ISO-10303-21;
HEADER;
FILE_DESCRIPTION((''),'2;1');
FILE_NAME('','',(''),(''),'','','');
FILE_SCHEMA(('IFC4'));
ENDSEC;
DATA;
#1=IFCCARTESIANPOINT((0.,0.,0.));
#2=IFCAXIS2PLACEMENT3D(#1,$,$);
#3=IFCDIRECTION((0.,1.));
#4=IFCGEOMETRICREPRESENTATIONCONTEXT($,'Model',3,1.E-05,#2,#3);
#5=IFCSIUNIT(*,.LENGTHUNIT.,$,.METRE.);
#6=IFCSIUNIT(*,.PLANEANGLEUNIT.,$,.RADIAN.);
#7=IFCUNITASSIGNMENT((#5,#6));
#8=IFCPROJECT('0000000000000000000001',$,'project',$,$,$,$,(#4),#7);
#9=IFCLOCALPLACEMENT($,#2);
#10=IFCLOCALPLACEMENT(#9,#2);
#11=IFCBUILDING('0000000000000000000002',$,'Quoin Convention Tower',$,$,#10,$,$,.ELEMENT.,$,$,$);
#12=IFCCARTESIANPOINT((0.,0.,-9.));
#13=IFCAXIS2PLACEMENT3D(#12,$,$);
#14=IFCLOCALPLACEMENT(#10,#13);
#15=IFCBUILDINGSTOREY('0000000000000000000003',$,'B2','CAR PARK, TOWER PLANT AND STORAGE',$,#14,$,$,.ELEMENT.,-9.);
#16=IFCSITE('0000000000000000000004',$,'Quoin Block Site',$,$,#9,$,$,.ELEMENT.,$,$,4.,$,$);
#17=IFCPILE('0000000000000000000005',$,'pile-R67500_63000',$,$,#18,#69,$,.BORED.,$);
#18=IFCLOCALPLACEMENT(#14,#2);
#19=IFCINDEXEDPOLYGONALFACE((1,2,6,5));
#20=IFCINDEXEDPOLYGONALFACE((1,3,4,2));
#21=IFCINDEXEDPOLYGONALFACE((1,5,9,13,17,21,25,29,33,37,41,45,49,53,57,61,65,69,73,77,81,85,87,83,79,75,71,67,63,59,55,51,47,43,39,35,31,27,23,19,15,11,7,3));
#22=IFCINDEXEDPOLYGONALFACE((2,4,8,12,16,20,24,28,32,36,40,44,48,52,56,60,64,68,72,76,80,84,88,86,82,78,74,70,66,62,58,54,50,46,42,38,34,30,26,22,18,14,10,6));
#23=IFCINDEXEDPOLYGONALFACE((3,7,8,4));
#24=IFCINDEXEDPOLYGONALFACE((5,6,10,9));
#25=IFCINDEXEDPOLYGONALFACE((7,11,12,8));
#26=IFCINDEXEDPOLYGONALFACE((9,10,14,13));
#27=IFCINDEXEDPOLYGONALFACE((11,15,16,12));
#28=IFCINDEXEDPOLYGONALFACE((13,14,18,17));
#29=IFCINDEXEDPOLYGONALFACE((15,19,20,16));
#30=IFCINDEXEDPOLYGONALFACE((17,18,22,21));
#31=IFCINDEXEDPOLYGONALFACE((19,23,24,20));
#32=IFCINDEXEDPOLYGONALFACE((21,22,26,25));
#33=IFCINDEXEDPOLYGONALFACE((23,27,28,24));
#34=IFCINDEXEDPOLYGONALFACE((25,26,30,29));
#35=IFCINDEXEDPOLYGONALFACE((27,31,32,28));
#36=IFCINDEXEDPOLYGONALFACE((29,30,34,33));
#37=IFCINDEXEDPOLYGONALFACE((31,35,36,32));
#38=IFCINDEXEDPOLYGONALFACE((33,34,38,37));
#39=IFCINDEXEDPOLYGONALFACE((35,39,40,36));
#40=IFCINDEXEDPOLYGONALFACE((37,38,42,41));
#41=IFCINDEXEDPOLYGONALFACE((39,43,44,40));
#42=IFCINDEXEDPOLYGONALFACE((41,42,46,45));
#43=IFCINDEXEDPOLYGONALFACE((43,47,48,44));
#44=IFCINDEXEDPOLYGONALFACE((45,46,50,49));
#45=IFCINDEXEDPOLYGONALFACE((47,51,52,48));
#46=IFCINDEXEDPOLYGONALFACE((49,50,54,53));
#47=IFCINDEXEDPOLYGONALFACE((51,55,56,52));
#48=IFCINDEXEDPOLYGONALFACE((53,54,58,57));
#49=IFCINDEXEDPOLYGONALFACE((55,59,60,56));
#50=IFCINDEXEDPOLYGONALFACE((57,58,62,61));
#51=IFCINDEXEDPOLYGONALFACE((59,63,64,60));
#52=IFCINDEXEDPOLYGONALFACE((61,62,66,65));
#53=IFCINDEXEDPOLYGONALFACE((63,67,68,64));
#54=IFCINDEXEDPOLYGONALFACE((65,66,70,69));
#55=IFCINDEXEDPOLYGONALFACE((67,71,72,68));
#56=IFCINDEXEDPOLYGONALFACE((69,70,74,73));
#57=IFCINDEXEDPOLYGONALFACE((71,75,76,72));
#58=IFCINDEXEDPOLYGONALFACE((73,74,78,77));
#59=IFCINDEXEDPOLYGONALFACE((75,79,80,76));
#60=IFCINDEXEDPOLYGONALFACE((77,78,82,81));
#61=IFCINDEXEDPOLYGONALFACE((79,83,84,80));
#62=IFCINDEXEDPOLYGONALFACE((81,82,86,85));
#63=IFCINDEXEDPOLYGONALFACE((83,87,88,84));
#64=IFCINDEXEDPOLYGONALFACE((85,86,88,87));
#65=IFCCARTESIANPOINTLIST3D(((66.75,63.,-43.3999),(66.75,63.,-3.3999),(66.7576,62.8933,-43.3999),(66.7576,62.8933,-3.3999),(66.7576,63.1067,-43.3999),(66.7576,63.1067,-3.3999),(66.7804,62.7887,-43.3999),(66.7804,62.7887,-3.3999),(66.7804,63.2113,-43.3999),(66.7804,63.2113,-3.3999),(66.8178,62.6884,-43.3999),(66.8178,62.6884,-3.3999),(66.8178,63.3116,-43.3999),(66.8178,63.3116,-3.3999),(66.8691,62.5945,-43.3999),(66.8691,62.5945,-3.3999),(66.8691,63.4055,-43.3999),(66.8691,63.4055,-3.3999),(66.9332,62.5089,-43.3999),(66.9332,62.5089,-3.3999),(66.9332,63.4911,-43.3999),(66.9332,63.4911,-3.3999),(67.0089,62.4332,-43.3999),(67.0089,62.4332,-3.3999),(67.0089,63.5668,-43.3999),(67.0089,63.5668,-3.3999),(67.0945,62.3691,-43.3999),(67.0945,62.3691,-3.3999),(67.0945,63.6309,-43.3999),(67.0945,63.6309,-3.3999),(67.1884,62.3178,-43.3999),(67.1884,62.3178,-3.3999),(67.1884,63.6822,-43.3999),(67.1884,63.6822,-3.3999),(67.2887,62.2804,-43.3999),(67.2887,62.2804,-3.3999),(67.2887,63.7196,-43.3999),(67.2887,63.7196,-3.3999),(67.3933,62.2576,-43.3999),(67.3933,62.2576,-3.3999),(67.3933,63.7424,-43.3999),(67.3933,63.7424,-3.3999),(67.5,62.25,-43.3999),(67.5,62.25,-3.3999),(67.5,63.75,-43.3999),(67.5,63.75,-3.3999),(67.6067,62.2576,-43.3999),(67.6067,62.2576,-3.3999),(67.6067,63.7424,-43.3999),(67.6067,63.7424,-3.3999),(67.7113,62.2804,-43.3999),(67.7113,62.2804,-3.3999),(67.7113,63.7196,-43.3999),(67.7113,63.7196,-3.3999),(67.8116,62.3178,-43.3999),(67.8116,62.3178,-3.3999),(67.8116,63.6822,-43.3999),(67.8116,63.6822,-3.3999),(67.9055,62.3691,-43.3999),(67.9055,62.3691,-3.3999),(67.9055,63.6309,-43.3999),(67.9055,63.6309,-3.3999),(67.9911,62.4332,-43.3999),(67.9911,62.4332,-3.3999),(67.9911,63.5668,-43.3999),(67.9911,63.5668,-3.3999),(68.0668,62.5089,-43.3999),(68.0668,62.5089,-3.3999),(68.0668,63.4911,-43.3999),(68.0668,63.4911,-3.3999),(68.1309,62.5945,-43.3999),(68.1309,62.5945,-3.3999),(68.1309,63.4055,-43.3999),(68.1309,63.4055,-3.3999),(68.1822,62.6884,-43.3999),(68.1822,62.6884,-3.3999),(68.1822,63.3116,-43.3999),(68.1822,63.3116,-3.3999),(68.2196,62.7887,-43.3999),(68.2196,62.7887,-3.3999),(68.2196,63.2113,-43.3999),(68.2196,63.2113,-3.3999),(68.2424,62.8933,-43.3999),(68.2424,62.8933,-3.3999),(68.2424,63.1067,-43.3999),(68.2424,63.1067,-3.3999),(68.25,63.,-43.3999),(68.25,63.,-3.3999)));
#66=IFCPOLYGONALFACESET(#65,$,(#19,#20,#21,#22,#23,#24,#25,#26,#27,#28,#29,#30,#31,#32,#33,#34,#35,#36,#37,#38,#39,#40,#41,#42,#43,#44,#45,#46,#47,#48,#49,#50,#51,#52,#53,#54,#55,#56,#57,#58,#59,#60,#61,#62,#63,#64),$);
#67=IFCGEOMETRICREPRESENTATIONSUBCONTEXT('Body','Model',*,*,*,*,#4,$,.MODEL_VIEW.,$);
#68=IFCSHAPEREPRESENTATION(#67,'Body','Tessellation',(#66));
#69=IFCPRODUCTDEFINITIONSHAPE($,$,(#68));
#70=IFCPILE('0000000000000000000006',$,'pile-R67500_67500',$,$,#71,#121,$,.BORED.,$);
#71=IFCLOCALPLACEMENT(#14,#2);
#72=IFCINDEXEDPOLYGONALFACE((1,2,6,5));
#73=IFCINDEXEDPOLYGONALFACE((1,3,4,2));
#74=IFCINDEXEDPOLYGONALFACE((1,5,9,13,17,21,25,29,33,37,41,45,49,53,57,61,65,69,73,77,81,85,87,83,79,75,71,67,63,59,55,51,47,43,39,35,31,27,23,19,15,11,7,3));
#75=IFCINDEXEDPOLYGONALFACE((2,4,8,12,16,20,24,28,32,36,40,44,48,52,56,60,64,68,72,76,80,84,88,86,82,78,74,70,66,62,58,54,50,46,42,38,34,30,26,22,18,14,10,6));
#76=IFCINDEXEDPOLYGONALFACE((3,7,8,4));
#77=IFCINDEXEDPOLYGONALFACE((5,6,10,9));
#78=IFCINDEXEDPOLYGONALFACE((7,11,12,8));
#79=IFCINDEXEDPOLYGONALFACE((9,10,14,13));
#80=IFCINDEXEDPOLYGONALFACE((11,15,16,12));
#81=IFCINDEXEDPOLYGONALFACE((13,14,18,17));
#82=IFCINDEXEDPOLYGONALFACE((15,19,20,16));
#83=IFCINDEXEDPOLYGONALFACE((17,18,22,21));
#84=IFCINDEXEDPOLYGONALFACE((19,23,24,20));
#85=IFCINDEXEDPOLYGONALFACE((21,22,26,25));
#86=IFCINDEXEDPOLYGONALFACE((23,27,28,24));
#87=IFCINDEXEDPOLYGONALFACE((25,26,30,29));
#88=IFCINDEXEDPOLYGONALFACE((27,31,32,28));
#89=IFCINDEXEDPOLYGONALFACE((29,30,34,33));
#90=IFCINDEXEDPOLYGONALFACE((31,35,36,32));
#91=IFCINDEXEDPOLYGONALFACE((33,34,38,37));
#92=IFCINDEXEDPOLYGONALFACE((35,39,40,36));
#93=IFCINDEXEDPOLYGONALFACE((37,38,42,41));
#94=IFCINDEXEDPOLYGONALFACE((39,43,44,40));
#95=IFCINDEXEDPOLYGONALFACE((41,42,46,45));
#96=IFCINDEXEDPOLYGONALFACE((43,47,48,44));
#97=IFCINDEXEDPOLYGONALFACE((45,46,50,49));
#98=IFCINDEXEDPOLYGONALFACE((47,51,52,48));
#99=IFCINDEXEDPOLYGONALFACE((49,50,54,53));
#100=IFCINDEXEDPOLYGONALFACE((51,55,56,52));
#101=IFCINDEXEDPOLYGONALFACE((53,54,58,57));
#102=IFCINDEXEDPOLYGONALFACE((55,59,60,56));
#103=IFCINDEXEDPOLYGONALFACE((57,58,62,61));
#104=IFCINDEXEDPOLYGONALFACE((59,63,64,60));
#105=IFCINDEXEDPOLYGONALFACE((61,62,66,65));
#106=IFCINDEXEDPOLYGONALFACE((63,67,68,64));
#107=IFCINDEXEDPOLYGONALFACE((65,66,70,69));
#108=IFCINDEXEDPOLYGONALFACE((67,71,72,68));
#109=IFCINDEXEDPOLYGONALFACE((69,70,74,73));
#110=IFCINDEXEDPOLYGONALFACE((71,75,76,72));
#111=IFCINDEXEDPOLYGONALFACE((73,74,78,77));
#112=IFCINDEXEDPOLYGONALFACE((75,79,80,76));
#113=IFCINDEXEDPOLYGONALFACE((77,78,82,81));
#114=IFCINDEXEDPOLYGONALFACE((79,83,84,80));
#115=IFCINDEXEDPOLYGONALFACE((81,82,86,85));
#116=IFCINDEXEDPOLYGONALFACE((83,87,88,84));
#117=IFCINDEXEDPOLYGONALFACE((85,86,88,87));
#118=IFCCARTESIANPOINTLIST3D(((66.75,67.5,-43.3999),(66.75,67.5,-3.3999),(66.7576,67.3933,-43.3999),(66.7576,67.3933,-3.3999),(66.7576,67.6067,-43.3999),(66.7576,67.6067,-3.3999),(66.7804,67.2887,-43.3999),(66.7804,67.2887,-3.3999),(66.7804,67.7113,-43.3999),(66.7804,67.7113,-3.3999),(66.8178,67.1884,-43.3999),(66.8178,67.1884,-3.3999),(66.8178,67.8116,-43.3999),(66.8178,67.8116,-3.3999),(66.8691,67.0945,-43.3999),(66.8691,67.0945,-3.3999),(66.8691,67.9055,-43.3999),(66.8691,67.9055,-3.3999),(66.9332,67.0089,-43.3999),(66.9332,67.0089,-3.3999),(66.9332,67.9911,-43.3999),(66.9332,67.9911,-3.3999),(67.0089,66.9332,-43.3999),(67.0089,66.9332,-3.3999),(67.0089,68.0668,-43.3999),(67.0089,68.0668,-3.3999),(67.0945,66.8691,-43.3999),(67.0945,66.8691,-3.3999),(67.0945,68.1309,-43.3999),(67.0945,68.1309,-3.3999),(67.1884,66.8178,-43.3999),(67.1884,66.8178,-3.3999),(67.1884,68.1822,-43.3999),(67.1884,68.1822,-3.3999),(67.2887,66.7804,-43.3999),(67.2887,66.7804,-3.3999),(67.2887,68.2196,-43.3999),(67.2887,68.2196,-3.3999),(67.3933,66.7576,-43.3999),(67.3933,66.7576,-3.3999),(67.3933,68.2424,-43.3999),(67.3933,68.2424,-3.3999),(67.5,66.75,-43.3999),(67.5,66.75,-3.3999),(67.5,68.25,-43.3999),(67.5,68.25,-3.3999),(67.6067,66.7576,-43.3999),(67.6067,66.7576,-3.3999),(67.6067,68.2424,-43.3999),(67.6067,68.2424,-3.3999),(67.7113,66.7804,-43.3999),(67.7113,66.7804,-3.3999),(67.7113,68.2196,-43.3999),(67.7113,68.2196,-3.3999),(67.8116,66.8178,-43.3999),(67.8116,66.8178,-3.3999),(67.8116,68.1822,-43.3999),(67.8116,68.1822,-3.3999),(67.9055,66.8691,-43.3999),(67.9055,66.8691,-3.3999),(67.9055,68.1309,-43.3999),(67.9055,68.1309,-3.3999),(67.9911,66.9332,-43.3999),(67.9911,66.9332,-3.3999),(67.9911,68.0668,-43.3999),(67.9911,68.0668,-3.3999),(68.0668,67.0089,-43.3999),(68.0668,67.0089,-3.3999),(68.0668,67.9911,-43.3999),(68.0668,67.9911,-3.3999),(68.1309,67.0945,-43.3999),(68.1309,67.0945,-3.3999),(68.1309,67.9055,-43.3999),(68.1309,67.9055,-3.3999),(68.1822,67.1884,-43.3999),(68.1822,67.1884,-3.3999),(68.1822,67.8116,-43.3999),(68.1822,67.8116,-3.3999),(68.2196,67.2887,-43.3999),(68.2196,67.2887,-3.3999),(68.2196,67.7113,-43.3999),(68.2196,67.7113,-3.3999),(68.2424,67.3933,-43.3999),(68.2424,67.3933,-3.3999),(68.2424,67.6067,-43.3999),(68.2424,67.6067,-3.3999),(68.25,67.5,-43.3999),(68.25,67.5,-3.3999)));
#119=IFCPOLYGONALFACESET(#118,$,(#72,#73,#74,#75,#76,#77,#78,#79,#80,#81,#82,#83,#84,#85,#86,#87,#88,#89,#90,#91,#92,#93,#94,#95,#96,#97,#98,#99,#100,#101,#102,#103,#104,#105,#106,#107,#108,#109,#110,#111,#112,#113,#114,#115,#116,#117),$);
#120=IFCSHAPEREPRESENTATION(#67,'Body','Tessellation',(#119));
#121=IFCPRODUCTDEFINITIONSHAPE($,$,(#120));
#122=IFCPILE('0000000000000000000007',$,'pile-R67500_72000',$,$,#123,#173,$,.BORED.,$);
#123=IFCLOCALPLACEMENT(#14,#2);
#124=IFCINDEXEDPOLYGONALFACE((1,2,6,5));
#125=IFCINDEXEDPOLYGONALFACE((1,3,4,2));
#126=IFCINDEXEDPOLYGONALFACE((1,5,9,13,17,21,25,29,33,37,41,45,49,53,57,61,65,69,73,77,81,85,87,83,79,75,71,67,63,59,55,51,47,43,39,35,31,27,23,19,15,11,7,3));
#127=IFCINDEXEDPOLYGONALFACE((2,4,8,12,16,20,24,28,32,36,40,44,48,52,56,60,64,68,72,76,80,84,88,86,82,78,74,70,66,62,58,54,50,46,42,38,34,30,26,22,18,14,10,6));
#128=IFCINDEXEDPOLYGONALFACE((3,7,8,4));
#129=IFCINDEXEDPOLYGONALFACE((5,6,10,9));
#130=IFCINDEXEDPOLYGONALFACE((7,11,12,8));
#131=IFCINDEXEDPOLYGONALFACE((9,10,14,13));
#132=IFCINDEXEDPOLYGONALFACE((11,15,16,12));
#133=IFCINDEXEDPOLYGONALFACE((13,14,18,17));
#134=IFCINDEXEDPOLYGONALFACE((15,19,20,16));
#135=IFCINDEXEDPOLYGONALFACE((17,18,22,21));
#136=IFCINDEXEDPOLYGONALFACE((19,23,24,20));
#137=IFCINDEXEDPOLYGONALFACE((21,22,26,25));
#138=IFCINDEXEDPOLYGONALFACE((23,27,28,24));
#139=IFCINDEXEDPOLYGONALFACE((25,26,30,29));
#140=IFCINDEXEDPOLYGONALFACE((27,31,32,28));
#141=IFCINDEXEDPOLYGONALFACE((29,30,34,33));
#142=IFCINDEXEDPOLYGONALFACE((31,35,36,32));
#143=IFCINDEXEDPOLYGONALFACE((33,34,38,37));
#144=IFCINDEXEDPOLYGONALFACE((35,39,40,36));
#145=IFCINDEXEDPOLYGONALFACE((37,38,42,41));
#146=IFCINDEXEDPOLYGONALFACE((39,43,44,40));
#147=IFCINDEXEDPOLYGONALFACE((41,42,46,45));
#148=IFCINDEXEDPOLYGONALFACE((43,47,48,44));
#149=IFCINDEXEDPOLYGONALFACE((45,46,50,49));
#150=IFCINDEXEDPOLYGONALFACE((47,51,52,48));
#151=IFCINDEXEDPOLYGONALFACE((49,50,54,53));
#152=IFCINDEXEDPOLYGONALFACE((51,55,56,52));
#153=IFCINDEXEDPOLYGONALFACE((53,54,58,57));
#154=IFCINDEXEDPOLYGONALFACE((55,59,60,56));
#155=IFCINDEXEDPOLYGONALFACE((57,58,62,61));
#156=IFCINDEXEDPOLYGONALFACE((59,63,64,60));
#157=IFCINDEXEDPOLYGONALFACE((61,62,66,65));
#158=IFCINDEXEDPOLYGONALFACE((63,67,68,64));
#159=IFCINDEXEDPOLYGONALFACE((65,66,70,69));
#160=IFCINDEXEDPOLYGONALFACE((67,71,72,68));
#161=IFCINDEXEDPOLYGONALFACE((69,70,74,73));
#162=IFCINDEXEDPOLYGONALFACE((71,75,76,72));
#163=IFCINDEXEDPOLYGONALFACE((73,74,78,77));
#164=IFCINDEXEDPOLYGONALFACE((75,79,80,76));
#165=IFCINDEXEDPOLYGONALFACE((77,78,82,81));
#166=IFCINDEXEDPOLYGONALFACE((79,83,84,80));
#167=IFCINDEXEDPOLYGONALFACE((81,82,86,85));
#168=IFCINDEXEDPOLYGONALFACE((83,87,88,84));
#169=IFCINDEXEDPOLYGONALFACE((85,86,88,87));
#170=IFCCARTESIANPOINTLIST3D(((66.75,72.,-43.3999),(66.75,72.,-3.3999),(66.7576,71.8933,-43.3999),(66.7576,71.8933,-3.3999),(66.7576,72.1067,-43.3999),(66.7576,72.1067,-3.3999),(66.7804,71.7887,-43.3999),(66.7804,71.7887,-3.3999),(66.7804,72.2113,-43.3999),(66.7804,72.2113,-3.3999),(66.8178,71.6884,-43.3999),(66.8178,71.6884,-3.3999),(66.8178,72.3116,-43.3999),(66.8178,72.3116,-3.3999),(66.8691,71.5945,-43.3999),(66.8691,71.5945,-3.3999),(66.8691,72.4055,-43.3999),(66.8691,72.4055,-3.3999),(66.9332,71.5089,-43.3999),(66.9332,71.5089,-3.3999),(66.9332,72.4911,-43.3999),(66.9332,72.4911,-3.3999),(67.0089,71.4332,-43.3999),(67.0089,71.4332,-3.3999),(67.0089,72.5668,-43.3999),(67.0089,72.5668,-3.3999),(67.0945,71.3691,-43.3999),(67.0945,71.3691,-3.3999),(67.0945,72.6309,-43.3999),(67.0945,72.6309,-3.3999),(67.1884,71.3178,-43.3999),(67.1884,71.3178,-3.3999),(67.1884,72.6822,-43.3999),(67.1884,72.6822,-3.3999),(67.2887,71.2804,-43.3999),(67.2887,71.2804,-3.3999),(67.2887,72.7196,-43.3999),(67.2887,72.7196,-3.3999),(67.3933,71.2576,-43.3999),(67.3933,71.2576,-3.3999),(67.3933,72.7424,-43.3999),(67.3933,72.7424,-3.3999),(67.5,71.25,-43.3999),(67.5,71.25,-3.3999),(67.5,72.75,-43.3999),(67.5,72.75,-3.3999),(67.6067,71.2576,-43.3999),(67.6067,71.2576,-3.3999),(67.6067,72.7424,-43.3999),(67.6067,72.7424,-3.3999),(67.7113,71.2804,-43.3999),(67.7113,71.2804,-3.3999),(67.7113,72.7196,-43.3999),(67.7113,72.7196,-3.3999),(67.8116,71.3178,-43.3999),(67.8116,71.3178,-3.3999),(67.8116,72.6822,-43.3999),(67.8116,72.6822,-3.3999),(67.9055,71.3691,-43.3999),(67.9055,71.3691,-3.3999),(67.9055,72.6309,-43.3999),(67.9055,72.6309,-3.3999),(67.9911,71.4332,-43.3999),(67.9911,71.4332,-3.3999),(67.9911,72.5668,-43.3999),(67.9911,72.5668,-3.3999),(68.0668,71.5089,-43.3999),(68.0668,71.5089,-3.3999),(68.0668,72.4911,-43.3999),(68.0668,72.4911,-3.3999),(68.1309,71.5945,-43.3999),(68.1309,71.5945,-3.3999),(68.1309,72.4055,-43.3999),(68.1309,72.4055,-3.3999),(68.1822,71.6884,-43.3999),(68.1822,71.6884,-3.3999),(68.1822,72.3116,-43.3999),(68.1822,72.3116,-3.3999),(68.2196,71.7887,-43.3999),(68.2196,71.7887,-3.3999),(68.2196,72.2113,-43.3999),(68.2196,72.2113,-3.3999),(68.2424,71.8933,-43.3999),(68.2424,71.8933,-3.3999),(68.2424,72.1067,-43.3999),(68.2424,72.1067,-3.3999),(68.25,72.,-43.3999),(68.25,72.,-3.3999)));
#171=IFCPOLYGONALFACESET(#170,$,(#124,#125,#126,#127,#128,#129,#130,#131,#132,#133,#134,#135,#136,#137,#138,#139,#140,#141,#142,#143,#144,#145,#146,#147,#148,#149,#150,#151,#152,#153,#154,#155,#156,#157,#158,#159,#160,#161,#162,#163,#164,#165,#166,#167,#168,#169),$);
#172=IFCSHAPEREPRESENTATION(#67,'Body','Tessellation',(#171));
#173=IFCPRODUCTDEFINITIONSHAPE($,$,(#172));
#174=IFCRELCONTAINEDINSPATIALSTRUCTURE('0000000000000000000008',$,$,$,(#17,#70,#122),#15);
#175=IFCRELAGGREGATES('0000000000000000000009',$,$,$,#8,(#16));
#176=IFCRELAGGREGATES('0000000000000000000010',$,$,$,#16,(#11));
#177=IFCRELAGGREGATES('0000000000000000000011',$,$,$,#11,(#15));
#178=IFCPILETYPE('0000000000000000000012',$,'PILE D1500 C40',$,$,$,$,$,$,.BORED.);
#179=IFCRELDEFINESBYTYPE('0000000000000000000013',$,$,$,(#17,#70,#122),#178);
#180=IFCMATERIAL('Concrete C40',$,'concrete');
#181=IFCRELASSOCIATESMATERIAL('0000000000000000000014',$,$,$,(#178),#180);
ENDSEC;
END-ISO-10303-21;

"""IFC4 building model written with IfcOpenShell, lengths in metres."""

from ifc_helpers import new_model, si_unit, direction, frame, origin, origin_2d, place, context, subcontext, project, spatial, circle, extrude, material, material_profile, profile_set, type_object, element, save


model = new_model("IFC4")

# Units and contexts
model_context = context("Model", 3, precision=1e-05, world=origin(), true_north=direction((0.0, 1.0)))
body_context = subcontext(model_context, "Body", "Model", "MODEL_VIEW")
ifc_project = project(units=[si_unit("LENGTHUNIT", "METRE"), si_unit("PLANEANGLEUNIT", "RADIAN")], contexts=[model_context])

# Site, building, storey
site_placement = place(None, origin())
site = spatial("IfcSite", under=ifc_project, at=site_placement, Name="Quoin Block Site", CompositionType="ELEMENT", RefElevation=4.0)
building_placement = place(site_placement, origin())
building = spatial("IfcBuilding", under=site, at=building_placement, Name="Quoin Convention Tower", CompositionType="ELEMENT")
storey_placement = place(building_placement, frame((0.0, 0.0, -9.0)))
storey = spatial("IfcBuildingStorey", under=building, at=storey_placement, Name="B2", Description="CAR PARK, TOWER PLANT AND STORAGE", CompositionType="ELEMENT", Elevation=-9.0)

# Piles
ifc_material_1 = material(Name="Concrete C40", Category="concrete")
ifc_material_profile_1 = material_profile(ifc_material_1, circle(Radius=0.75, at=origin_2d()), Name="D1500")
ifc_profile_set_1 = profile_set([ifc_material_profile_1], Name="Concrete C40")
pile_type = type_object("IfcPileType", Name="PILE D1500 C40", PredefinedType="BORED", material=ifc_profile_set_1)
for number, where, z_axis, x_axis, name in (
    (1, (67.5, 63.0, -3.3999), (0.0, 0.0, -1.0), (1.0, 0.0, 0.0), "pile-R67500_63000"),
    (2, (67.5, 67.5, -3.3999), (0.0, 0.0, -1.0), (1.0, 0.0, 0.0), "pile-R67500_67500"),
    (3, (67.5, 72.0, -3.3999), (0.0, 0.0, -1.0), (1.0, 0.0, 0.0), "pile-R67500_72000"),
):
    element("IfcPile", number, at=place(storey_placement, frame(where, z_axis=z_axis, x_axis=x_axis)), inside=storey, type_object=pile_type, Name=name, PredefinedType="BORED", context=body_context, shape_type="SweptSolid", body=[
        extrude(circle(Radius=0.75, at=origin_2d()), origin(), (0.0, 0.0, 1.0), 40.0),
    ])

save(model, "model.ifc")
